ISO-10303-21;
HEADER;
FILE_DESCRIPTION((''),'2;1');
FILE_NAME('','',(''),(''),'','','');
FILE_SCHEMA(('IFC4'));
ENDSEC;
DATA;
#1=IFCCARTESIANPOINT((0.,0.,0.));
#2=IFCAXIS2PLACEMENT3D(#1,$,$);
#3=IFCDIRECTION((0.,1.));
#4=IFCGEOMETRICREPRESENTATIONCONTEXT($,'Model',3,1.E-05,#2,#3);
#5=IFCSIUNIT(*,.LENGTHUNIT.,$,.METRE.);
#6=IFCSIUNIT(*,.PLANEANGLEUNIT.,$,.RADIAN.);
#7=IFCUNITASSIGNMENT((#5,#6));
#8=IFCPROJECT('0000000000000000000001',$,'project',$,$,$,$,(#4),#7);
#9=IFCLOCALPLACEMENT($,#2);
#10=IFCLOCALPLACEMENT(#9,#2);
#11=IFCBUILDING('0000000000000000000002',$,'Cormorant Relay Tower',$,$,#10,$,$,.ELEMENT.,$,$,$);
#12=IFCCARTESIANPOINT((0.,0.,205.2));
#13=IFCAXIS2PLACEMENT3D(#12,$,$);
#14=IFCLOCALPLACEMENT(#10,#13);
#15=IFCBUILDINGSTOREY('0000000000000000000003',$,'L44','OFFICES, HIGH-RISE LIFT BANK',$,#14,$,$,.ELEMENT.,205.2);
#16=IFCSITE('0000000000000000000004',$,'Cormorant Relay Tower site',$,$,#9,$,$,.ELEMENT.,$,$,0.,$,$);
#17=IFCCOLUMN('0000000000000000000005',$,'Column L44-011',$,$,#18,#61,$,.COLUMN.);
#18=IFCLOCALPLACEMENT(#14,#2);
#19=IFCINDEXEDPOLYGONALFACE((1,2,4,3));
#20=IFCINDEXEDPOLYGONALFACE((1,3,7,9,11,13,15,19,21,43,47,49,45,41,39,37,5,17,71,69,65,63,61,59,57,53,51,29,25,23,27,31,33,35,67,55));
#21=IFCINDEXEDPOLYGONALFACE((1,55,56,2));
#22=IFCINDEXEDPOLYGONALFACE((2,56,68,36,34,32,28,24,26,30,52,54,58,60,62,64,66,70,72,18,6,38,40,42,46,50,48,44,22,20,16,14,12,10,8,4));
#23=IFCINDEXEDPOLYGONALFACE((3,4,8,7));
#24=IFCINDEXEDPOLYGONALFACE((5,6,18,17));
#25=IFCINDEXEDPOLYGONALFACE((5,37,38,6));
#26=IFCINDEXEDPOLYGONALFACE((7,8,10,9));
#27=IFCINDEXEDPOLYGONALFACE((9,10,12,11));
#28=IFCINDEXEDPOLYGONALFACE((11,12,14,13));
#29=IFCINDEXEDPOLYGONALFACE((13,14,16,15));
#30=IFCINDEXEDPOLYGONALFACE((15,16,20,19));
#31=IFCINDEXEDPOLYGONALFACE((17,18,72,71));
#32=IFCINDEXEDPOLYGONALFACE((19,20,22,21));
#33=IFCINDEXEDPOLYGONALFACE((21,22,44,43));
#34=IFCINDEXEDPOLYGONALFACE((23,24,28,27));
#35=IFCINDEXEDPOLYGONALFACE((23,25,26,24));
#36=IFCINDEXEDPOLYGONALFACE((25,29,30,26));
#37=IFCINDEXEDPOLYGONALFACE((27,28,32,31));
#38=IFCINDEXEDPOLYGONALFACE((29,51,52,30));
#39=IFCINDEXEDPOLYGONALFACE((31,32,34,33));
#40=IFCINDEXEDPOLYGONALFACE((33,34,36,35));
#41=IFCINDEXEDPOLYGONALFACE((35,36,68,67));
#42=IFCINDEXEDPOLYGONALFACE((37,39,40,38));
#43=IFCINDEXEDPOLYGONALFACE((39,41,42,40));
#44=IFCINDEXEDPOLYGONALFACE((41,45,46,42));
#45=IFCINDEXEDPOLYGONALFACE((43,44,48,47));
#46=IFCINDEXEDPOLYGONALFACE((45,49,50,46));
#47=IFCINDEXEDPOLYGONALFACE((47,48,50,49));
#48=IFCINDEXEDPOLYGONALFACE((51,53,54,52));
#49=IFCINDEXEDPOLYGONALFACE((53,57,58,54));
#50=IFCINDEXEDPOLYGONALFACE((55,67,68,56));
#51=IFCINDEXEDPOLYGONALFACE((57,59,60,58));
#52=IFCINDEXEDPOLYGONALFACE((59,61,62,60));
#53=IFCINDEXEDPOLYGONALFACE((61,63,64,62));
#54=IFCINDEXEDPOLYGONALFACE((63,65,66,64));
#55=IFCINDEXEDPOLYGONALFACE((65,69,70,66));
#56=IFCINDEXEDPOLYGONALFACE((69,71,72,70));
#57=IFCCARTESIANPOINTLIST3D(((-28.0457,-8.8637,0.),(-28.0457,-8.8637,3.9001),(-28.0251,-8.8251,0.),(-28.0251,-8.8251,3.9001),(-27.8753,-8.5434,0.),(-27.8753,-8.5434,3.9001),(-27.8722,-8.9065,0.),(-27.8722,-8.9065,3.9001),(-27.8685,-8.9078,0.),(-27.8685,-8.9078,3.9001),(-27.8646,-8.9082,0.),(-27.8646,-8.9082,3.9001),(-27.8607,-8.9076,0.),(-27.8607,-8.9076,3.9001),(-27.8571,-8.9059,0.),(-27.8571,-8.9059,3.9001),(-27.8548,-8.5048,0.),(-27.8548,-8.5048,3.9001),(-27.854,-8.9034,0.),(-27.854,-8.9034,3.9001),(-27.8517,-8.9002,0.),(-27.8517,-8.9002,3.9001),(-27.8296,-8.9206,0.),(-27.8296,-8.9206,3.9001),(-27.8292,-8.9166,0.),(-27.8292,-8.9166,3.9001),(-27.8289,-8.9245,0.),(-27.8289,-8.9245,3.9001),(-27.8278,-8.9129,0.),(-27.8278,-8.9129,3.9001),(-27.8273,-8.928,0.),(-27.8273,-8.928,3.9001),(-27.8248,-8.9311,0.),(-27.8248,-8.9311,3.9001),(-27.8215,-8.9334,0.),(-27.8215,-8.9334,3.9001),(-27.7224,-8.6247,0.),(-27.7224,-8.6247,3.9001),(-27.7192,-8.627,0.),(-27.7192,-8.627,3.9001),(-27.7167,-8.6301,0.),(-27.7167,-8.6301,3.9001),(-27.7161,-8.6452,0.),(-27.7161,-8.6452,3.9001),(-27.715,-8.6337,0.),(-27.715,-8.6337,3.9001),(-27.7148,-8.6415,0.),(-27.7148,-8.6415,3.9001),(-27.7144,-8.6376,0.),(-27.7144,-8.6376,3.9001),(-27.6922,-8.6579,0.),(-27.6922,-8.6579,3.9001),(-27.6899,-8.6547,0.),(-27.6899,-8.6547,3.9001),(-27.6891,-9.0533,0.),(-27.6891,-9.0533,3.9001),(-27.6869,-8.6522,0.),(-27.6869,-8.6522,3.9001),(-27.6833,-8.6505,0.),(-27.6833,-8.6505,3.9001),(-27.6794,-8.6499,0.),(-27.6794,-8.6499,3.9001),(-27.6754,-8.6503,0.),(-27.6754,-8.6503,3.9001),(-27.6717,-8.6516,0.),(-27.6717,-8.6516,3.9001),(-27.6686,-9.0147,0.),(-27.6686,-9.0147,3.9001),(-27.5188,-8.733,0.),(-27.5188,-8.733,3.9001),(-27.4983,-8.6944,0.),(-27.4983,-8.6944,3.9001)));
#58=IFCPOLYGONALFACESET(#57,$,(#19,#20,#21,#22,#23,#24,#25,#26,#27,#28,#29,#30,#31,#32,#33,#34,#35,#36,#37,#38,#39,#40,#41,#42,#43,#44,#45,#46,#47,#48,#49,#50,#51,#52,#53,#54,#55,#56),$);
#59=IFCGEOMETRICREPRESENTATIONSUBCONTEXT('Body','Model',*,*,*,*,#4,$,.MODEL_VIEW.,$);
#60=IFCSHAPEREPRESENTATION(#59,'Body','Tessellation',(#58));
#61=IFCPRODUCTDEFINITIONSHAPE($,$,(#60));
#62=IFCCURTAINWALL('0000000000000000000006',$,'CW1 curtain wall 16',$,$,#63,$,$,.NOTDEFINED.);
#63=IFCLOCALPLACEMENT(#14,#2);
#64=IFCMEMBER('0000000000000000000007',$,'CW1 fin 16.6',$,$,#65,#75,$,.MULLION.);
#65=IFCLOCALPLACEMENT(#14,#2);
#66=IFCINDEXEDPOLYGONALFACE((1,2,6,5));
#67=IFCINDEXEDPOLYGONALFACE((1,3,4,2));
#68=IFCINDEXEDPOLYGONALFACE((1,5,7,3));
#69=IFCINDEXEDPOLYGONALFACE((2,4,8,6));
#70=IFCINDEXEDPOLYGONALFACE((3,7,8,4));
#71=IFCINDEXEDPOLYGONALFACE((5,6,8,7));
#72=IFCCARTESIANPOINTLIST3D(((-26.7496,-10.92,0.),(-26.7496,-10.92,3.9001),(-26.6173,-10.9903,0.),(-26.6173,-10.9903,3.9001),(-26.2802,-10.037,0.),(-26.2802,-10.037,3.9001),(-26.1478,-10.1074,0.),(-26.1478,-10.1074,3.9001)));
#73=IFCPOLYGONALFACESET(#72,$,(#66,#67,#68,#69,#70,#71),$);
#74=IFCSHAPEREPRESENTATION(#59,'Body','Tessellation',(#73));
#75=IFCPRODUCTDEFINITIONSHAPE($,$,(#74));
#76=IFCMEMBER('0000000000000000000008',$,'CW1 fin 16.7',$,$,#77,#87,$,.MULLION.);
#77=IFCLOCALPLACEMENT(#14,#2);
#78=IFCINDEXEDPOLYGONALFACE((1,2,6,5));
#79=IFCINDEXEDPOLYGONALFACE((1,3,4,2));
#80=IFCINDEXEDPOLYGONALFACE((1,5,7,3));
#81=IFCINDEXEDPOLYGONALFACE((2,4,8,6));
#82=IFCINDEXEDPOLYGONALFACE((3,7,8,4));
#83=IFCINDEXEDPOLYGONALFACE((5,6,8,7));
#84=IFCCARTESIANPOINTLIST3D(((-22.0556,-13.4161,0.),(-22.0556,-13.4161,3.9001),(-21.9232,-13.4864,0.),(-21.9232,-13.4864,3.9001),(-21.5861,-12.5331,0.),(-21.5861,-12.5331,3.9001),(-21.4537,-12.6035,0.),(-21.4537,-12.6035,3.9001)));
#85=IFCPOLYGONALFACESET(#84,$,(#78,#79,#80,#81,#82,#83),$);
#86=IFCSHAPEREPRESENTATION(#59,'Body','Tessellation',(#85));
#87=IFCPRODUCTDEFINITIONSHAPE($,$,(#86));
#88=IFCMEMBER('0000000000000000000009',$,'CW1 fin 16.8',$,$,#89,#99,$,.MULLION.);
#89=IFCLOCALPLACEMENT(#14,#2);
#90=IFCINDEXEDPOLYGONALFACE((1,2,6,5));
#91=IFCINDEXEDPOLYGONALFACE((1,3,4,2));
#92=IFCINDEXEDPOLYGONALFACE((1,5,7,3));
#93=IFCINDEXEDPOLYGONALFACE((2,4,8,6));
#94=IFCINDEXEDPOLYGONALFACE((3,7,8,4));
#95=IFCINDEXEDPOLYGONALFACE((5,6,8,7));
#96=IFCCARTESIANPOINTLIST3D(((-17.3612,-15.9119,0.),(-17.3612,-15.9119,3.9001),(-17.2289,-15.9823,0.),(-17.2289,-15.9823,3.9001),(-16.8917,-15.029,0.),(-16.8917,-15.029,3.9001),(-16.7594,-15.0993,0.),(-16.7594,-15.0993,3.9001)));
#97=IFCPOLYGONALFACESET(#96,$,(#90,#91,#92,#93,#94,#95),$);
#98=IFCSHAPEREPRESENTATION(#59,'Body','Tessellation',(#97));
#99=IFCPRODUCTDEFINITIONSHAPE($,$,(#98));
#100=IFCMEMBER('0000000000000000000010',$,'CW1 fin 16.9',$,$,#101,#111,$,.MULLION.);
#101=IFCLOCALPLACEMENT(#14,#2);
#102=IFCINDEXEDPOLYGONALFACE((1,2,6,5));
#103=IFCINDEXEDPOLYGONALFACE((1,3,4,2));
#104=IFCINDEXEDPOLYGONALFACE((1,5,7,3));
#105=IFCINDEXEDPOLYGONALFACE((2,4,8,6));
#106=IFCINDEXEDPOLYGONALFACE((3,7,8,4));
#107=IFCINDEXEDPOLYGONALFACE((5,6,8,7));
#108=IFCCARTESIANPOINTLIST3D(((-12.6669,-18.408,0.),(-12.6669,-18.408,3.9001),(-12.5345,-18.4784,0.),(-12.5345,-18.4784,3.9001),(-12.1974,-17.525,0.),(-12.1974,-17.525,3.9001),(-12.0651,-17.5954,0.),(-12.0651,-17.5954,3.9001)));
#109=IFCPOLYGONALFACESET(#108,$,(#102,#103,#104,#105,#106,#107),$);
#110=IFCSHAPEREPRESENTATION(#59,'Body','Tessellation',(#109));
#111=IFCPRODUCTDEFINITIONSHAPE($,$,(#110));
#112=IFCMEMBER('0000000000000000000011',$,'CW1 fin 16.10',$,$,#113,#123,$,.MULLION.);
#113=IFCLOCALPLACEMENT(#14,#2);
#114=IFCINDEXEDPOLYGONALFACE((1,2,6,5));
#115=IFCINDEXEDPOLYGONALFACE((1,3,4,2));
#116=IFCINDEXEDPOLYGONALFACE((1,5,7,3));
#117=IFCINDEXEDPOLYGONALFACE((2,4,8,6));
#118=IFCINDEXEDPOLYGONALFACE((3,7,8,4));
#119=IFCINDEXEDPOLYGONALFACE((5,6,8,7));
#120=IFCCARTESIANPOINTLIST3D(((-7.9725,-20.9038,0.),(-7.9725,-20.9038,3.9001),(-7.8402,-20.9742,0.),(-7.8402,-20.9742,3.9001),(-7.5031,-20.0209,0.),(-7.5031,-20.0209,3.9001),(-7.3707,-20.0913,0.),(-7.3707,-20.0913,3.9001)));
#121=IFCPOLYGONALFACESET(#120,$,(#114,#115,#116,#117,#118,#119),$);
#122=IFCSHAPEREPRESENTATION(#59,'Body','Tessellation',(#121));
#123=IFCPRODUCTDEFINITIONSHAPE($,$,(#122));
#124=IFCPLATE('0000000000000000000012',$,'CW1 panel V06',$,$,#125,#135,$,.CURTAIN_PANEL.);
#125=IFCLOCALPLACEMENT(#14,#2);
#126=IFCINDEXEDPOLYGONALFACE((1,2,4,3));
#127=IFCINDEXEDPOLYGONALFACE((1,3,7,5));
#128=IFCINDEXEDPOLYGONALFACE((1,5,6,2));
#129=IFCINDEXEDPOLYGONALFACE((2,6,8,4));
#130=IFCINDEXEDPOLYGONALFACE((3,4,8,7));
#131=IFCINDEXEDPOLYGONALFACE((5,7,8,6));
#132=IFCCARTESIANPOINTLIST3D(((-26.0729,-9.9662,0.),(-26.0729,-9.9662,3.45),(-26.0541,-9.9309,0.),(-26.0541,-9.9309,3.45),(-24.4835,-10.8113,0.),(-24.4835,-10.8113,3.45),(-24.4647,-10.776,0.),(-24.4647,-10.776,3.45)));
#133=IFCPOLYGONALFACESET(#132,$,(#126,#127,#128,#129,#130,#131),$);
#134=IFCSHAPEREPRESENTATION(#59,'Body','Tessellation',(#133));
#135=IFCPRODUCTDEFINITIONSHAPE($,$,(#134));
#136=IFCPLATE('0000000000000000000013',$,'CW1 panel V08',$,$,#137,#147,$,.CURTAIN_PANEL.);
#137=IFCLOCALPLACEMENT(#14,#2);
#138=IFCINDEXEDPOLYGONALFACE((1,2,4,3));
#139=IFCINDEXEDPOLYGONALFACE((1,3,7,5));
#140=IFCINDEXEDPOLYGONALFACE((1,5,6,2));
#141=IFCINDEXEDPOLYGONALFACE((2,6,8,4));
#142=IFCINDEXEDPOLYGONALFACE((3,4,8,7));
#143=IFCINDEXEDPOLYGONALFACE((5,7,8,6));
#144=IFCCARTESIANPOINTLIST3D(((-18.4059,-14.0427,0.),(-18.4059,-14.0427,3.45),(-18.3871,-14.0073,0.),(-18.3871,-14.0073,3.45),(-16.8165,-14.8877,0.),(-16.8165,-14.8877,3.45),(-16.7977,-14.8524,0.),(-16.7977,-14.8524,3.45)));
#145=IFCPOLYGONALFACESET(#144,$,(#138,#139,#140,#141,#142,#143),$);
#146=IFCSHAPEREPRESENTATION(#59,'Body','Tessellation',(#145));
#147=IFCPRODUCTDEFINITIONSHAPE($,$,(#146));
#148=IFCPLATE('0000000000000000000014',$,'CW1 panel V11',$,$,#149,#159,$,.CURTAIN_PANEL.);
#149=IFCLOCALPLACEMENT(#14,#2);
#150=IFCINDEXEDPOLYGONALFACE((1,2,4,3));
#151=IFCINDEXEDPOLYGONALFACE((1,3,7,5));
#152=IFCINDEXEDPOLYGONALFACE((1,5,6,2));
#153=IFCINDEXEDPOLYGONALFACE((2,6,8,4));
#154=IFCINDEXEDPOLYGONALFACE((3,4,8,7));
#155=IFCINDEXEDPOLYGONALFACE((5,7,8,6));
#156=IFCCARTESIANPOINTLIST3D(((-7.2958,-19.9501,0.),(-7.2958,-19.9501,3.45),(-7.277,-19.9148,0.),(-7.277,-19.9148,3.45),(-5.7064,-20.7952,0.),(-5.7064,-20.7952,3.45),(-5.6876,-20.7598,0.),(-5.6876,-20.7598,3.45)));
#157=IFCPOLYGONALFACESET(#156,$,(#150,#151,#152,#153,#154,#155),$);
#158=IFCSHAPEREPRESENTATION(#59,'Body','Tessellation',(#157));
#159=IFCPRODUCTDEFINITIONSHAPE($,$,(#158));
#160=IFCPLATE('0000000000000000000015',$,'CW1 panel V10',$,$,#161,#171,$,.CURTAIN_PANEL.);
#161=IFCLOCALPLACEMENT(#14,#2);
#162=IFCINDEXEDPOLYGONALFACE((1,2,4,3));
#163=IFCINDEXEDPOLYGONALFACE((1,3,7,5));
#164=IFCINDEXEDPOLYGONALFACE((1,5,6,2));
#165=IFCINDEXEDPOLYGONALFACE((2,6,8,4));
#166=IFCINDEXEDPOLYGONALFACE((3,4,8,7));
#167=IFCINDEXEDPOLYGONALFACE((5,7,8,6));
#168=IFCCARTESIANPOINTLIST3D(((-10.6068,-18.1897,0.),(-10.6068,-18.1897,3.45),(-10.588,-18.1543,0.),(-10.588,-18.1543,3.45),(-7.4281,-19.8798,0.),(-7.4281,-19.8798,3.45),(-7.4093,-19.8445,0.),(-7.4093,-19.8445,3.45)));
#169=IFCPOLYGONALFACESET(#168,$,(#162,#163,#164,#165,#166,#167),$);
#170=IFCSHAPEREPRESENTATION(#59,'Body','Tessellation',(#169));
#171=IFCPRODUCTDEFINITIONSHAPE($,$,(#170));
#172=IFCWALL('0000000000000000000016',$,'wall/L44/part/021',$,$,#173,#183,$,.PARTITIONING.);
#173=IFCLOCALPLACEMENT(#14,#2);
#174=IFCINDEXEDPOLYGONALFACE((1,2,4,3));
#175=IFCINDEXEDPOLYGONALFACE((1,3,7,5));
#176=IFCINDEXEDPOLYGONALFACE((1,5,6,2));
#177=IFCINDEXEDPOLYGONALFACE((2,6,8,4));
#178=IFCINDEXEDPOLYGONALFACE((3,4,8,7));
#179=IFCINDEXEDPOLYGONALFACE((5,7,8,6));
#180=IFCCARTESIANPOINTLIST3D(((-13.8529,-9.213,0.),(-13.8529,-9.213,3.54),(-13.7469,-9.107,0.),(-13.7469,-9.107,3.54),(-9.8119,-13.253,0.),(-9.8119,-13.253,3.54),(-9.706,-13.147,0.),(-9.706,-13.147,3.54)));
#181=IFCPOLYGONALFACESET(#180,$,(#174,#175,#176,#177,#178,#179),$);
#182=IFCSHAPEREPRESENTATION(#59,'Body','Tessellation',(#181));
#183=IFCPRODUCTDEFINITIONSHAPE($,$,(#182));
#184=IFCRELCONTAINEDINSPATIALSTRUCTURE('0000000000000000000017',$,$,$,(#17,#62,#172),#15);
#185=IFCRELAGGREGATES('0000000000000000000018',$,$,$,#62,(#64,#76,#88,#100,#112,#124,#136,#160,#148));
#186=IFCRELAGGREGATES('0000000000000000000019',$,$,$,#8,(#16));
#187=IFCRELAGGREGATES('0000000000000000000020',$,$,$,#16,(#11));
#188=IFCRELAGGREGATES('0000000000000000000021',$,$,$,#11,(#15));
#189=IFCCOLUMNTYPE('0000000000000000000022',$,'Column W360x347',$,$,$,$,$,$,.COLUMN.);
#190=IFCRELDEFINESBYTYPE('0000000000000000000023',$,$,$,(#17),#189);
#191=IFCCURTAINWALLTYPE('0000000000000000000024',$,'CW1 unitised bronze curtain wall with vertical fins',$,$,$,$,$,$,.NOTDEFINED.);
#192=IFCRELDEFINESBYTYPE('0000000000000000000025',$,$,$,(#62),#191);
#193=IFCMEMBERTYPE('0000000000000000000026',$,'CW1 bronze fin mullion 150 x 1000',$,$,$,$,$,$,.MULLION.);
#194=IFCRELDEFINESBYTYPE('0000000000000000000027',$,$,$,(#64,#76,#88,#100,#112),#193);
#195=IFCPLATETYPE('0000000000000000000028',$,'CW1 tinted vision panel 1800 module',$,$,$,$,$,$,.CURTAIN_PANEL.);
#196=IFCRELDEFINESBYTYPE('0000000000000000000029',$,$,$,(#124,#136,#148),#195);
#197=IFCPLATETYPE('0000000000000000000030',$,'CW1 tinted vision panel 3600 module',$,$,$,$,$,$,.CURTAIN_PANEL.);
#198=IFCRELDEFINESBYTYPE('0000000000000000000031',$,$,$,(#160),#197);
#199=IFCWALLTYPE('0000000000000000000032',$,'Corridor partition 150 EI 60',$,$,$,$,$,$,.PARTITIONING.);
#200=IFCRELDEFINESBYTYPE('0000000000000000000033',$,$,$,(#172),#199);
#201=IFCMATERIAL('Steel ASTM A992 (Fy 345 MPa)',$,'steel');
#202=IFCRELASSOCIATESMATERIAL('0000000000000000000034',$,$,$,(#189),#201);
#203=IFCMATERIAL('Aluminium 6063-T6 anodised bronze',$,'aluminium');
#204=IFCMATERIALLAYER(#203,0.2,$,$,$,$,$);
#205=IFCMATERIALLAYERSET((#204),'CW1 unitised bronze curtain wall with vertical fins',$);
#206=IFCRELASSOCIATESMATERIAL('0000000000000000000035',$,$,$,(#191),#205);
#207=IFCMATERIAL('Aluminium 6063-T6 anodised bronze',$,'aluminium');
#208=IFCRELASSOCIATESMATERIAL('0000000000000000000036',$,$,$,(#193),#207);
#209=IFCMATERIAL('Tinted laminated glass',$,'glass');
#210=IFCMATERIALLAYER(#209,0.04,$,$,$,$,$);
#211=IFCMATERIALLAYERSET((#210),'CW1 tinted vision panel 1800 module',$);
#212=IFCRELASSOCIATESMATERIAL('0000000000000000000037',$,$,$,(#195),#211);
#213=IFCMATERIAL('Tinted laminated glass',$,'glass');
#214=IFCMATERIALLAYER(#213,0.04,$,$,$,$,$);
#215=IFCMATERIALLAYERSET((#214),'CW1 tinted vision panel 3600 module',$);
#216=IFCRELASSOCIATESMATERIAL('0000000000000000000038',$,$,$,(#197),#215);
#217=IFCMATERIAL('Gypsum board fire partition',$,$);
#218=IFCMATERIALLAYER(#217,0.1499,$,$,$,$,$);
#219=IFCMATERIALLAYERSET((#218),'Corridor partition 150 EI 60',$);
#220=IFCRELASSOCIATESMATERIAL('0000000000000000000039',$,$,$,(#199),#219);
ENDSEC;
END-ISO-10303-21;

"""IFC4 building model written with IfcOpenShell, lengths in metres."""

from ifc_helpers import new_model, si_unit, direction, frame, frame_2d, origin, origin_2d, place, context, subcontext, project, spatial, rectangle, i_section, extrude, material, layer, layer_set, material_profile, profile_set, type_object, element, aggregate, save


model = new_model("IFC4")

# Units and contexts
model_context = context("Model", 3, precision=1e-05, world=origin(), true_north=direction((0.0, 1.0)))
body_context = subcontext(model_context, "Body", "Model", "MODEL_VIEW")
ifc_project = project(units=[si_unit("LENGTHUNIT", "METRE"), si_unit("PLANEANGLEUNIT", "RADIAN")], contexts=[model_context])

# Site, building, storey
site_placement = place(None, origin())
site = spatial("IfcSite", under=ifc_project, at=site_placement, Name="Cormorant Relay Tower site", CompositionType="ELEMENT", RefElevation=0.0)
building_placement = place(site_placement, origin())
building = spatial("IfcBuilding", under=site, at=building_placement, Name="Cormorant Relay Tower", CompositionType="ELEMENT")
storey_placement = place(building_placement, frame((0.0, 0.0, 205.2)))
storey = spatial("IfcBuildingStorey", under=building, at=storey_placement, Name="L44", Description="OFFICES, HIGH-RISE LIFT BANK", CompositionType="ELEMENT", Elevation=205.2)

# Column
ifc_material_1 = material(Name="Steel ASTM A992 (Fy 345 MPa)", Category="steel")
ifc_material_profile_1 = material_profile(ifc_material_1, i_section(OverallWidth=0.4038, OverallDepth=0.4065, WebThickness=0.0271, FlangeThickness=0.0437, FilletRadius=0.0151, at=origin_2d()), Name="W360x347")
ifc_profile_set_1 = profile_set([ifc_material_profile_1], Name="Steel ASTM A992 (Fy 345 MPa)")
column_type_1 = type_object("IfcColumnType", Name="Column W360x347", PredefinedType="COLUMN", material=ifc_profile_set_1)
for number, where, z_axis, x_axis, name in (
    (1, (-27.772, -8.7791, 0.0), (0.0, 0.0, 1.0), (0.882948, -0.469472, 0.0), "Column L44-011"),
):
    element("IfcColumn", number, at=place(storey_placement, frame(where, z_axis=z_axis, x_axis=x_axis)), inside=storey, type_object=column_type_1, Name=name, PredefinedType="COLUMN", context=body_context, shape_type="SweptSolid", body=[
        extrude(i_section(OverallWidth=0.4038, OverallDepth=0.4065, WebThickness=0.0271, FlangeThickness=0.0437, FilletRadius=0.0151, at=origin_2d()), origin(), (0.0, 0.0, 1.0), 3.9001),
    ])

# Curtain wall, members, plates
ifc_material_2 = material(Name="Aluminium 6063-T6 anodised bronze", Category="aluminium")
ifc_layer_1 = layer(ifc_material_2, 0.2)
ifc_layer_set_1 = layer_set([ifc_layer_1], Name="CW1 unitised bronze curtain wall with vertical fins")
curtain_wall_type = type_object("IfcCurtainWallType", Name="CW1 unitised bronze curtain wall with vertical fins", PredefinedType="NOTDEFINED", material=ifc_layer_set_1)
curtain_wall_placement = place(storey_placement, origin())
curtain_wall = element("IfcCurtainWall", 2, at=curtain_wall_placement, inside=storey, type_object=curtain_wall_type, Name="CW1 curtain wall 16", PredefinedType="NOTDEFINED")
ifc_material_3 = material(Name="Aluminium 6063-T6 anodised bronze", Category="aluminium")
ifc_material_profile_2 = material_profile(ifc_material_3, rectangle(XDim=0.1499, YDim=1.0, at=origin_2d()), Name="AL 150x1000")
ifc_profile_set_2 = profile_set([ifc_material_profile_2], Name="Aluminium 6063-T6 anodised bronze")
member_type = type_object("IfcMemberType", Name="CW1 bronze fin mullion 150 x 1000", PredefinedType="MULLION", material=ifc_profile_set_2)
member_1_placement = place(storey_placement, frame((-26.4487, -10.5137, 0.0), z_axis=(0.0, 0.0, 1.0), x_axis=(0.882948, -0.469472, 0.0)))
member_1 = element("IfcMember", 3, at=member_1_placement, type_object=member_type, Name="CW1 fin 16.6", PredefinedType="MULLION", context=body_context, shape_type="SweptSolid", body=[
    extrude(rectangle(XDim=0.1499, YDim=1.0, at=origin_2d()), origin(), (0.0, 0.0, 1.0), 3.9001),
])
member_2_placement = place(storey_placement, frame((-21.7546, -13.0098, 0.0), z_axis=(0.0, 0.0, 1.0), x_axis=(0.882948, -0.469472, 0.0)))
member_2 = element("IfcMember", 4, at=member_2_placement, type_object=member_type, Name="CW1 fin 16.7", PredefinedType="MULLION", context=body_context, shape_type="SweptSolid", body=[
    extrude(rectangle(XDim=0.1499, YDim=1.0, at=origin_2d()), origin(), (0.0, 0.0, 1.0), 3.9001),
])
member_3_placement = place(storey_placement, frame((-17.0603, -15.5056, 0.0), z_axis=(0.0, 0.0, 1.0), x_axis=(0.882948, -0.469472, 0.0)))
member_3 = element("IfcMember", 5, at=member_3_placement, type_object=member_type, Name="CW1 fin 16.8", PredefinedType="MULLION", context=body_context, shape_type="SweptSolid", body=[
    extrude(rectangle(XDim=0.1499, YDim=1.0, at=origin_2d()), origin(), (0.0, 0.0, 1.0), 3.9001),
])
member_4_placement = place(storey_placement, frame((-12.366, -18.0017, 0.0), z_axis=(0.0, 0.0, 1.0), x_axis=(0.882948, -0.469472, 0.0)))
member_4 = element("IfcMember", 6, at=member_4_placement, type_object=member_type, Name="CW1 fin 16.9", PredefinedType="MULLION", context=body_context, shape_type="SweptSolid", body=[
    extrude(rectangle(XDim=0.1499, YDim=1.0, at=origin_2d()), origin(), (0.0, 0.0, 1.0), 3.9001),
])
member_5_placement = place(storey_placement, frame((-7.6716, -20.4976, 0.0), z_axis=(0.0, 0.0, 1.0), x_axis=(0.882948, -0.469472, 0.0)))
member_5 = element("IfcMember", 7, at=member_5_placement, type_object=member_type, Name="CW1 fin 16.10", PredefinedType="MULLION", context=body_context, shape_type="SweptSolid", body=[
    extrude(rectangle(XDim=0.1499, YDim=1.0, at=origin_2d()), origin(), (0.0, 0.0, 1.0), 3.9001),
])
ifc_material_4 = material(Name="Tinted laminated glass", Category="glass")
ifc_layer_2 = layer(ifc_material_4, 0.04)
ifc_layer_set_2 = layer_set([ifc_layer_2], Name="CW1 tinted vision panel 1800 module")
plate_type_1 = type_object("IfcPlateType", Name="CW1 tinted vision panel 1800 module", PredefinedType="CURTAIN_PANEL", material=ifc_layer_set_2)
plate_1_placement = place(storey_placement, frame((-25.2688, -10.3711, 0.0), z_axis=(0.0, 0.0, 1.0), x_axis=(0.882948, -0.469472, 0.0)))
plate_1 = element("IfcPlate", 8, at=plate_1_placement, type_object=plate_type_1, Name="CW1 panel V06", PredefinedType="CURTAIN_PANEL", context=body_context, shape_type="SweptSolid", body=[
    extrude(rectangle(XDim=1.8, YDim=0.04, at=origin_2d()), origin(), (0.0, 0.0, 1.0), 3.45),
])
plate_2_placement = place(storey_placement, frame((-17.6018, -14.4475, 0.0), z_axis=(0.0, 0.0, 1.0), x_axis=(0.882948, -0.469472, 0.0)))
plate_2 = element("IfcPlate", 9, at=plate_2_placement, type_object=plate_type_1, Name="CW1 panel V08", PredefinedType="CURTAIN_PANEL", context=body_context, shape_type="SweptSolid", body=[
    extrude(rectangle(XDim=1.8, YDim=0.04, at=origin_2d()), origin(), (0.0, 0.0, 1.0), 3.45),
])
plate_3_placement = place(storey_placement, frame((-6.4917, -20.355, 0.0), z_axis=(0.0, 0.0, 1.0), x_axis=(0.882948, -0.469472, 0.0)))
plate_3 = element("IfcPlate", 10, at=plate_3_placement, type_object=plate_type_1, Name="CW1 panel V11", PredefinedType="CURTAIN_PANEL", context=body_context, shape_type="SweptSolid", body=[
    extrude(rectangle(XDim=1.8, YDim=0.04, at=origin_2d()), origin(), (0.0, 0.0, 1.0), 3.45),
])
ifc_material_5 = material(Name="Tinted laminated glass", Category="glass")
ifc_layer_3 = layer(ifc_material_5, 0.04)
ifc_layer_set_3 = layer_set([ifc_layer_3], Name="CW1 tinted vision panel 3600 module")
plate_type_2 = type_object("IfcPlateType", Name="CW1 tinted vision panel 3600 module", PredefinedType="CURTAIN_PANEL", material=ifc_layer_set_3)
plate_4_placement = place(storey_placement, frame((-9.0081, -19.0171, 0.0), z_axis=(0.0, 0.0, 1.0), x_axis=(0.882948, -0.469472, 0.0)))
plate_4 = element("IfcPlate", 11, at=plate_4_placement, type_object=plate_type_2, Name="CW1 panel V10", PredefinedType="CURTAIN_PANEL", context=body_context, shape_type="SweptSolid", body=[
    extrude(rectangle(XDim=3.6001, YDim=0.04, at=origin_2d()), origin(), (0.0, 0.0, 1.0), 3.45),
])

# Wall
ifc_material_6 = material(Name="Gypsum board fire partition")
ifc_layer_4 = layer(ifc_material_6, 0.1499)
ifc_layer_set_4 = layer_set([ifc_layer_4], Name="Corridor partition 150 EI 60")
wall_type_1 = type_object("IfcWallType", Name="Corridor partition 150 EI 60", PredefinedType="PARTITIONING", material=ifc_layer_set_4)
wall_1_placement = place(storey_placement, frame((-9.759, -13.2, 0.0), z_axis=(0.0, 0.0, 1.0), x_axis=(-0.707192, 0.707021, 0.0)))
element("IfcWall", 12, at=wall_1_placement, inside=storey, type_object=wall_type_1, Name="wall/L44/part/021", PredefinedType="PARTITIONING", context=body_context, shape_type="SweptSolid", body=[
    extrude(rectangle(XDim=5.7141, YDim=0.1499, at=frame_2d((2.8569, 0.0))), origin(), (0.0, 0.0, 1.0), 3.54),
])

aggregate(curtain_wall, [member_1, member_2, member_3, member_4, member_5, plate_1, plate_2, plate_4, plate_3])

save(model, "model.ifc")
